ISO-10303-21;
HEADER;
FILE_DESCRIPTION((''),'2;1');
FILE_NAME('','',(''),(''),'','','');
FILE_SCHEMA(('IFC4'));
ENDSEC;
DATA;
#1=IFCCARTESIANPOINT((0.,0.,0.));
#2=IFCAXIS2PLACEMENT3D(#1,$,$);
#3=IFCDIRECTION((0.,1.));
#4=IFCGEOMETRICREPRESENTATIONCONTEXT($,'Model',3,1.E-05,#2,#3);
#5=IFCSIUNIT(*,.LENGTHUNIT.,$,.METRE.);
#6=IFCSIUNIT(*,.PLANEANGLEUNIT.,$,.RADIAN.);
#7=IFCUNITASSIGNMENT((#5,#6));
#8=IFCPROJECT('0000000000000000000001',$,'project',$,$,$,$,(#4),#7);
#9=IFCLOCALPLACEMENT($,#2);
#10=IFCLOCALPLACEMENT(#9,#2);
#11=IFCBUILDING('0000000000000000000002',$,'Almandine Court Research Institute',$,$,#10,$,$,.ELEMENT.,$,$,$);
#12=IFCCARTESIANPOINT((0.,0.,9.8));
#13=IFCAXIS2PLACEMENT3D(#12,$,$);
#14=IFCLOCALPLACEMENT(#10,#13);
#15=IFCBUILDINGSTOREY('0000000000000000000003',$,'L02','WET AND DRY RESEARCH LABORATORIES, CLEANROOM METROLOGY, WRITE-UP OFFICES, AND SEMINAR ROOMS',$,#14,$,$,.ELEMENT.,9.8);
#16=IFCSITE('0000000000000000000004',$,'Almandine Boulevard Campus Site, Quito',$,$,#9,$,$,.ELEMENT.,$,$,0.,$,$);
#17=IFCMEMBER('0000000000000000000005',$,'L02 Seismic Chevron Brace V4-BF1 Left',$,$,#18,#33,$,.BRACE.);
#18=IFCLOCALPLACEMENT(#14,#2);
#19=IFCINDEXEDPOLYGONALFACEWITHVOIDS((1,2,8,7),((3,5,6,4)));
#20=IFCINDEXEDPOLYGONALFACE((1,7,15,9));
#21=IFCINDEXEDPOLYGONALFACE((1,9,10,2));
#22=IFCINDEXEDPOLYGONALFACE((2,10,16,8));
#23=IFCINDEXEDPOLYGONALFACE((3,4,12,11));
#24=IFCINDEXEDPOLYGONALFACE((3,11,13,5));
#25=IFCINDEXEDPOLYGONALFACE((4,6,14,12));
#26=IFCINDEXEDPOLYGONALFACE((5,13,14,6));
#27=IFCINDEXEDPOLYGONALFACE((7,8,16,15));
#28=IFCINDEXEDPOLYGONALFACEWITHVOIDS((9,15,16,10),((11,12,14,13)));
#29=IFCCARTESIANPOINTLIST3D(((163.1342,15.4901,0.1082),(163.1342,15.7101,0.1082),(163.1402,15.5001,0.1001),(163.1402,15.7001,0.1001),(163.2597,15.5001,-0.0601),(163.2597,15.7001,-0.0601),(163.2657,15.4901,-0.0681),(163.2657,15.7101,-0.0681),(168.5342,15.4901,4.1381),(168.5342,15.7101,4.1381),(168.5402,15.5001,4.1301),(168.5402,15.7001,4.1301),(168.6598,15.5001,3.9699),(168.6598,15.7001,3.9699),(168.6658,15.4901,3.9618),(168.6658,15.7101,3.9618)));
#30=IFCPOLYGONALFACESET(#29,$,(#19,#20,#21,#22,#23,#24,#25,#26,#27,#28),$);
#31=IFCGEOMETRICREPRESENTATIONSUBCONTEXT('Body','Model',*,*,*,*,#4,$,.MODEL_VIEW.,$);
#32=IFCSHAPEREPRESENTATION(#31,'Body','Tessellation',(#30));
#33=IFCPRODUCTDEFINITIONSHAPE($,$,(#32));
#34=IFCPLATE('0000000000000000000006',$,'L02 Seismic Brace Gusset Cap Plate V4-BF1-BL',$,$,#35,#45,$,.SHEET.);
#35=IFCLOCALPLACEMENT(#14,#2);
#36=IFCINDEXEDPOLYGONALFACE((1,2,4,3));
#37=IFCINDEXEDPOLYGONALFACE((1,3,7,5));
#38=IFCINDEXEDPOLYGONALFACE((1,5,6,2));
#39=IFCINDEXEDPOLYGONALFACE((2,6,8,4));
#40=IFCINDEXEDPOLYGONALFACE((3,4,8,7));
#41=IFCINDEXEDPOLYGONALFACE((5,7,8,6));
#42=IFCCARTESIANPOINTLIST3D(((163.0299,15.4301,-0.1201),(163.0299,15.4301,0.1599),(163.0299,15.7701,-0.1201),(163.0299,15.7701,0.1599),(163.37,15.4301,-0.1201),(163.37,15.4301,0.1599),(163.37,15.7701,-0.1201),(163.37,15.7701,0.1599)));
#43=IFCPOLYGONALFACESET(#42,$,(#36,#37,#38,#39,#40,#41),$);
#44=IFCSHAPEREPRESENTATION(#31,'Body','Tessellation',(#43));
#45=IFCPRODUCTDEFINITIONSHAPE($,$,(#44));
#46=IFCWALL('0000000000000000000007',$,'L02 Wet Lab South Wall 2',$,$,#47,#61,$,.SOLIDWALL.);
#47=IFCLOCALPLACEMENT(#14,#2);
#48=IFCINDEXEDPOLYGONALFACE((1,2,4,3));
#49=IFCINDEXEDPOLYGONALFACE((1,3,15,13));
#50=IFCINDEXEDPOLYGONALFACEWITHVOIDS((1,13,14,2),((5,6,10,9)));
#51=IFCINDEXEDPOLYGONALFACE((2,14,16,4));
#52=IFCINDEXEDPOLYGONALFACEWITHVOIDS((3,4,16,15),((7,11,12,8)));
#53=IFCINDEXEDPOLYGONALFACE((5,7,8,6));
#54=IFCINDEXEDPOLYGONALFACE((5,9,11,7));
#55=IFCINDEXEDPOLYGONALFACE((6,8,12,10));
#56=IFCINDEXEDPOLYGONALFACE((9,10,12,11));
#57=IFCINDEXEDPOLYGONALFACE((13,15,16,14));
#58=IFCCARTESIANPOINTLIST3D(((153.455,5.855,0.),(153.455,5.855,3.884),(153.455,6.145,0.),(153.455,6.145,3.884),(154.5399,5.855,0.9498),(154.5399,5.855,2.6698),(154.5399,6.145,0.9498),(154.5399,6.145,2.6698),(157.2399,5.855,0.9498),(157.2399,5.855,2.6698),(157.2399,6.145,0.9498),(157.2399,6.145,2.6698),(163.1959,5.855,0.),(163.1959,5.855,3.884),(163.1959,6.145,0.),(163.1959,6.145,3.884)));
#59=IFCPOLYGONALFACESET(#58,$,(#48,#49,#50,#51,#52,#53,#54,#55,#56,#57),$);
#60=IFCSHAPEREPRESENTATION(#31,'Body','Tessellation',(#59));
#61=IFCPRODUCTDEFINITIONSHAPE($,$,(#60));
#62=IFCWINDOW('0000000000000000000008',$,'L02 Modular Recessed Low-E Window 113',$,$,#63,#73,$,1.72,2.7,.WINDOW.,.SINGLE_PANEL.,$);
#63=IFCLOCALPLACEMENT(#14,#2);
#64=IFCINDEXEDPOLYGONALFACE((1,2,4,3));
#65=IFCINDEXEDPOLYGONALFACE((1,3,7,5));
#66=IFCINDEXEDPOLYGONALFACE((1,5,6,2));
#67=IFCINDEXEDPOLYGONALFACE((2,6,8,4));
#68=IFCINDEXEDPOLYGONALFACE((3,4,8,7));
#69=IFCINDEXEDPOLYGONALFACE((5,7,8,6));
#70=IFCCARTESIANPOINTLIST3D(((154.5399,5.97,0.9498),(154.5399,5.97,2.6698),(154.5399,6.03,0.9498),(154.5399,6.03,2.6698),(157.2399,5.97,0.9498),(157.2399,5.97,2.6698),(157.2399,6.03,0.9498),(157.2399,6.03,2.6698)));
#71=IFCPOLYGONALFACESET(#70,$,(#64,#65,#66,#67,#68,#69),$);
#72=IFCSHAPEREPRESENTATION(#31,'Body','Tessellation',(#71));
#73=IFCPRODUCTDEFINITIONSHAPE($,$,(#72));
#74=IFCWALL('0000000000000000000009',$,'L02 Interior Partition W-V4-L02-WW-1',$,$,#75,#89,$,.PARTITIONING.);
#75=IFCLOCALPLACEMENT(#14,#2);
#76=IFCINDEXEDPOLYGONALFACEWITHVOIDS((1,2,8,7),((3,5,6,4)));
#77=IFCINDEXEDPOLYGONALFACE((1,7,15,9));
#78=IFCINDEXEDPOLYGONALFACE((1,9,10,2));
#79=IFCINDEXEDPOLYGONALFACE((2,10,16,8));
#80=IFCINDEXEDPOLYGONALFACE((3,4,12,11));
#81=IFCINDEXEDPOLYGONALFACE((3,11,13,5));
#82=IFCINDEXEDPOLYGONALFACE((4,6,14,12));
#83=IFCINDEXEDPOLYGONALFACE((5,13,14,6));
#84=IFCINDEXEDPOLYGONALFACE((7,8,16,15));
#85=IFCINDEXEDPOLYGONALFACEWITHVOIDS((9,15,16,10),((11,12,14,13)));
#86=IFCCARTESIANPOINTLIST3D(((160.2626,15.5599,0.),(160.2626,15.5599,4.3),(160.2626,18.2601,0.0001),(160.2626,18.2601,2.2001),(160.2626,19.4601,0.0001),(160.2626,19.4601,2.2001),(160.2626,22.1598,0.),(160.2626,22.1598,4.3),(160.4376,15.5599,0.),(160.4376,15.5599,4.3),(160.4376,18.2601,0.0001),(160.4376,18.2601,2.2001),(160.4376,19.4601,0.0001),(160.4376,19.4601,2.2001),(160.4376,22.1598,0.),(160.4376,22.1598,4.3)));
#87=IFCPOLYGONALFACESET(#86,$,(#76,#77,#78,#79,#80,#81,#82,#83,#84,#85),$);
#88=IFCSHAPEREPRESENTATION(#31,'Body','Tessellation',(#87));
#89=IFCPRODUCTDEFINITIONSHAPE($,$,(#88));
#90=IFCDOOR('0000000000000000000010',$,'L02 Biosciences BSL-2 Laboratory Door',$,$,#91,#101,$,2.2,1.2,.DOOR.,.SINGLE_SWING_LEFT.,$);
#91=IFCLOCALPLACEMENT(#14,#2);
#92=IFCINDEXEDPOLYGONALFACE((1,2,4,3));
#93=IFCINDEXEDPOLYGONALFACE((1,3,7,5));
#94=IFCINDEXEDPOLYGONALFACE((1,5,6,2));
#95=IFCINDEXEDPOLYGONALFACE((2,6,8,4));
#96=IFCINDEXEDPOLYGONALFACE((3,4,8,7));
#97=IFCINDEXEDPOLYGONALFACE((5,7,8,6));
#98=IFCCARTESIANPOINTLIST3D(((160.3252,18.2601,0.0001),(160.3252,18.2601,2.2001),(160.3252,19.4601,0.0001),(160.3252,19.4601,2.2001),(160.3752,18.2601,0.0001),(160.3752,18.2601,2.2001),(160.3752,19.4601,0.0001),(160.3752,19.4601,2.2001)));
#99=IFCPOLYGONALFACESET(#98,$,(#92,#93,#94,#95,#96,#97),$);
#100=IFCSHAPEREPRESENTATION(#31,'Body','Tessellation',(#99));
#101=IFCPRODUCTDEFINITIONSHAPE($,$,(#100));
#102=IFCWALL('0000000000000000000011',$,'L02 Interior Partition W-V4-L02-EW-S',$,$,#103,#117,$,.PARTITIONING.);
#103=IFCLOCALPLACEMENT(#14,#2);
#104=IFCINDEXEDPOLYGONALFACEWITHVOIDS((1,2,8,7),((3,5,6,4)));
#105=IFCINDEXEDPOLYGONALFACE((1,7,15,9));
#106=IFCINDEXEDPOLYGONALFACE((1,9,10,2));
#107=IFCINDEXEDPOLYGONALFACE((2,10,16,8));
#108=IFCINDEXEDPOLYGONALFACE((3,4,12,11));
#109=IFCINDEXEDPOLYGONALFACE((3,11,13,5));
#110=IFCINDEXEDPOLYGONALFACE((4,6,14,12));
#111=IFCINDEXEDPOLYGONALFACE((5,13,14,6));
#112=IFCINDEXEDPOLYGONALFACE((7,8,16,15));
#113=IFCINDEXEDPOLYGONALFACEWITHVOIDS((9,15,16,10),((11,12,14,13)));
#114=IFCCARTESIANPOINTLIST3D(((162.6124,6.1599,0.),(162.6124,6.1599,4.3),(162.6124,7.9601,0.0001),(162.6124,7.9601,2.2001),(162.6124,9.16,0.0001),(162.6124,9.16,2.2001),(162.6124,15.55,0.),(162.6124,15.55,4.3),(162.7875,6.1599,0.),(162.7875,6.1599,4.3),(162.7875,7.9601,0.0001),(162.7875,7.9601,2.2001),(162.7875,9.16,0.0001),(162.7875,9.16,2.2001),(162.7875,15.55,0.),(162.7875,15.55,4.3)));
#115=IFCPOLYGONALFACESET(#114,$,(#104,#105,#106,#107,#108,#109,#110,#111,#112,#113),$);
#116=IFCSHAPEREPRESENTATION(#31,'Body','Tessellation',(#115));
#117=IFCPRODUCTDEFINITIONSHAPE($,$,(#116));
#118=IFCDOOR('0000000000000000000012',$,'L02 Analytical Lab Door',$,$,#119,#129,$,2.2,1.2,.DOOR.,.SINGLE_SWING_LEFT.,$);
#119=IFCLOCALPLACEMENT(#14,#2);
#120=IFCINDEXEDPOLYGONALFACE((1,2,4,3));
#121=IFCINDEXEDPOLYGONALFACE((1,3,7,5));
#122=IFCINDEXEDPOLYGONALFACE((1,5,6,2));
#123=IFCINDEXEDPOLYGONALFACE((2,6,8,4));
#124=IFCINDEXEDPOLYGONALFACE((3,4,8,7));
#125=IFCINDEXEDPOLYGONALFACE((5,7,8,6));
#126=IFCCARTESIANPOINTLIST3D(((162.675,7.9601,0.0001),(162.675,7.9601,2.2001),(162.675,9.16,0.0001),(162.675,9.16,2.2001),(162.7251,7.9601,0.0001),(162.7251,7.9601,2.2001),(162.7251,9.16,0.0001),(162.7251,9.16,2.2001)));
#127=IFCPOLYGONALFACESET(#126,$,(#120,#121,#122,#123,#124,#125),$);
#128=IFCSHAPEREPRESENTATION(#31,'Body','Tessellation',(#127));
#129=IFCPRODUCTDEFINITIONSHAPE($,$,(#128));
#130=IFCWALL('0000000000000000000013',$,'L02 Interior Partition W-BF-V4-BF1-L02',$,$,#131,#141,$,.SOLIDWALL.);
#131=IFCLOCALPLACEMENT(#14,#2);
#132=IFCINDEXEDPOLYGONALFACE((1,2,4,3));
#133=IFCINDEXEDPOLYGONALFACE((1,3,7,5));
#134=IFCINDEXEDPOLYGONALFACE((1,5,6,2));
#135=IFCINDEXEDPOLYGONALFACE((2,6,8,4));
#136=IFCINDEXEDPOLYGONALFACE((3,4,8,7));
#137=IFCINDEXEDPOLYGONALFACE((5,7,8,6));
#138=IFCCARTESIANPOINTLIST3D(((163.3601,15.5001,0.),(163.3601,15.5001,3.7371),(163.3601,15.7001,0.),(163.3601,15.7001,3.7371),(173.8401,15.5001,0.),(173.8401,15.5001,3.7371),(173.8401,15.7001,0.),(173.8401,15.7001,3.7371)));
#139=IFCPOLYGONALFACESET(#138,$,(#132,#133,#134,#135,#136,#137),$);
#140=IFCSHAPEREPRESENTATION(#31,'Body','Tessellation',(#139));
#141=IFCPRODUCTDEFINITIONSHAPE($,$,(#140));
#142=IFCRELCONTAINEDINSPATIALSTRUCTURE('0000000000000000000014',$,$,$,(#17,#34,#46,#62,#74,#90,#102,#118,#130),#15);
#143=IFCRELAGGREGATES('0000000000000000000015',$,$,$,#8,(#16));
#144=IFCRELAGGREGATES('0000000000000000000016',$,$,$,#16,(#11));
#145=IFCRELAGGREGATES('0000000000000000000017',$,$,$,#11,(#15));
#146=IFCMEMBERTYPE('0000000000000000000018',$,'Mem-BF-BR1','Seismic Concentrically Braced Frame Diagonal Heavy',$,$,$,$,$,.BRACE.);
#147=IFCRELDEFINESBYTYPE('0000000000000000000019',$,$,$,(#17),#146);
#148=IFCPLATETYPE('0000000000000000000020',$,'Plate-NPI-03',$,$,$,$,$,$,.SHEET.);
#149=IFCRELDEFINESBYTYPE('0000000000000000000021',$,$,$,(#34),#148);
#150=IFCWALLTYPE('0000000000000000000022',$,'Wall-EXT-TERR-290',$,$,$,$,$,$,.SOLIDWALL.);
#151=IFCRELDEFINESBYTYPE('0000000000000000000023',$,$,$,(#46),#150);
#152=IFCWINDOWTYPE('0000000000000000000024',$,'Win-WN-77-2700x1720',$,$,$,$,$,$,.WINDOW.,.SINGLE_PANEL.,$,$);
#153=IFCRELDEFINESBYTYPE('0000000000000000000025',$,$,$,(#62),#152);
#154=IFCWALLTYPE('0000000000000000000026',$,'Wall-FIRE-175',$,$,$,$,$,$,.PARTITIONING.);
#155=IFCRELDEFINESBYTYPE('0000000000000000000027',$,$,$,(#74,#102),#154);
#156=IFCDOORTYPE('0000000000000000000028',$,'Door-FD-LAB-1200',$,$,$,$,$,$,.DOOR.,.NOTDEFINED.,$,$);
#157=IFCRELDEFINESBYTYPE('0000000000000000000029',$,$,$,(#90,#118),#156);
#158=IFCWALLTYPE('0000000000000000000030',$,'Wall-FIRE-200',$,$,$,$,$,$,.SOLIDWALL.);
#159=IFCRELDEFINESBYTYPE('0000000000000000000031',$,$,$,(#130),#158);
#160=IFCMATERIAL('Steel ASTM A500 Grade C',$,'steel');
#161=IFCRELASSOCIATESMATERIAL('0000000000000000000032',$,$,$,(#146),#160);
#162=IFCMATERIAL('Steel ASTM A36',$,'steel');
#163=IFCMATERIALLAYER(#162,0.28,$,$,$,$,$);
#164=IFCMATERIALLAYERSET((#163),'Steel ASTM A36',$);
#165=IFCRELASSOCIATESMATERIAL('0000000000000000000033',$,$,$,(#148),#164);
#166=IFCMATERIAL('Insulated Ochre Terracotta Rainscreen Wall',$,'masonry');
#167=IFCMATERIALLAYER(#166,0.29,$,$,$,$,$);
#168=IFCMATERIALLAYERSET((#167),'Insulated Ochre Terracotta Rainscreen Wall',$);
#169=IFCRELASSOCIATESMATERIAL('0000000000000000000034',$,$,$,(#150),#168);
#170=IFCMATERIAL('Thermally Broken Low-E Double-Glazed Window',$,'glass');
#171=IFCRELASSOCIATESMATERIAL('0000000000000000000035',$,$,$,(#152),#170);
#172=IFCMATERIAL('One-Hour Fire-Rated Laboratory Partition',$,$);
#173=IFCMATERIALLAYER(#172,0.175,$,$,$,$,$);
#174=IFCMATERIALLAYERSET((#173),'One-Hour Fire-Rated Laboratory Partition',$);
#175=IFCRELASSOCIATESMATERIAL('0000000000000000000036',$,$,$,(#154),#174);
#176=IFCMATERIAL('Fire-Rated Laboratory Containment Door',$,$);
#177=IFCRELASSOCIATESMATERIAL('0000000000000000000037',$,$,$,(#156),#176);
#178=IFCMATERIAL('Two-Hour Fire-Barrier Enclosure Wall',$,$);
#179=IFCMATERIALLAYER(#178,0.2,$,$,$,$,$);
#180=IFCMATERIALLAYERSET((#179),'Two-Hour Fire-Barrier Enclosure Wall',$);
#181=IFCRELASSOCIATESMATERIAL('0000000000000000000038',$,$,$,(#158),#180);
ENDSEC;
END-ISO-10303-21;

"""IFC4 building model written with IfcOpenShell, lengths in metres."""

from ifc_helpers import new_model, si_unit, direction, frame, frame_2d, origin, origin_2d, place, context, subcontext, project, spatial, rectangle, hollow_rectangle, extrude, material, layer, layer_set, material_profile, profile_set, type_object, element, fill, save


model = new_model("IFC4")

# Units and contexts
model_context = context("Model", 3, precision=1e-05, world=origin(), true_north=direction((0.0, 1.0)))
body_context = subcontext(model_context, "Body", "Model", "MODEL_VIEW")
ifc_project = project(units=[si_unit("LENGTHUNIT", "METRE"), si_unit("PLANEANGLEUNIT", "RADIAN")], contexts=[model_context])

# Site, building, storey
site_placement = place(None, origin())
site = spatial("IfcSite", under=ifc_project, at=site_placement, Name="Almandine Boulevard Campus Site, Quito", CompositionType="ELEMENT", RefElevation=0.0)
building_placement = place(site_placement, origin())
building = spatial("IfcBuilding", under=site, at=building_placement, Name="Almandine Court Research Institute", CompositionType="ELEMENT")
storey_placement = place(building_placement, frame((0.0, 0.0, 9.8)))
storey = spatial("IfcBuildingStorey", under=building, at=storey_placement, Name="L02", Description="WET AND DRY RESEARCH LABORATORIES, CLEANROOM METROLOGY, WRITE-UP OFFICES, AND SEMINAR ROOMS", CompositionType="ELEMENT", Elevation=9.8)

# Member
ifc_material_1 = material(Name="Steel ASTM A500 Grade C", Category="steel")
ifc_material_profile_1 = material_profile(ifc_material_1, hollow_rectangle(XDim=0.22, YDim=0.22, WallThickness=0.01, at=origin_2d()), Name="HSS 220x220x10")
ifc_profile_set_1 = profile_set([ifc_material_profile_1], Name="Steel ASTM A500 Grade C")
member_type = type_object("IfcMemberType", Name="Mem-BF-BR1", Description="Seismic Concentrically Braced Frame Diagonal Heavy", PredefinedType="BRACE", material=ifc_profile_set_1)
member_placement = place(storey_placement, frame((163.2, 15.6001, 0.02), z_axis=(0.801428, 0.0, 0.598091), x_axis=(0.0, 1.0, 0.0)))
element("IfcMember", 1, at=member_placement, inside=storey, type_object=member_type, Name="L02 Seismic Chevron Brace V4-BF1 Left", PredefinedType="BRACE", context=body_context, shape_type="SweptSolid", body=[
    extrude(hollow_rectangle(XDim=0.22, YDim=0.22, WallThickness=0.01, at=origin_2d()), origin(), (0.0, 0.0, 1.0), 6.738),
])

# Plate
ifc_material_2 = material(Name="Steel ASTM A36", Category="steel")
ifc_layer_1 = layer(ifc_material_2, 0.28)
ifc_layer_set_1 = layer_set([ifc_layer_1], Name="Steel ASTM A36")
plate_type = type_object("IfcPlateType", Name="Plate-NPI-03", PredefinedType="SHEET", material=ifc_layer_set_1)
plate_placement = place(storey_placement, frame((163.2, 15.6001, -0.1201), z_axis=(0.0, 0.0, 1.0), x_axis=(1.0, 0.0, 0.0)))
element("IfcPlate", 2, at=plate_placement, inside=storey, type_object=plate_type, Name="L02 Seismic Brace Gusset Cap Plate V4-BF1-BL", PredefinedType="SHEET", context=body_context, shape_type="SweptSolid", body=[
    extrude(rectangle(XDim=0.3401, YDim=0.3401, at=origin_2d()), origin(), (0.0, 0.0, 1.0), 0.28),
])

# Wall, opening, window
ifc_material_3 = material(Name="Insulated Ochre Terracotta Rainscreen Wall", Category="masonry")
ifc_layer_2 = layer(ifc_material_3, 0.29)
ifc_layer_set_2 = layer_set([ifc_layer_2], Name="Insulated Ochre Terracotta Rainscreen Wall")
wall_type_1 = type_object("IfcWallType", Name="Wall-EXT-TERR-290", PredefinedType="SOLIDWALL", material=ifc_layer_set_2)
wall_1_placement = place(storey_placement, frame((163.196, 6.0, 0.0), z_axis=(0.0, 0.0, 1.0), x_axis=(-1.0, 0.0, 0.0)))
wall_1 = element("IfcWall", 3, at=wall_1_placement, inside=storey, type_object=wall_type_1, Name="L02 Wet Lab South Wall 2", PredefinedType="SOLIDWALL", context=body_context, shape_type="SweptSolid", body=[
    extrude(rectangle(XDim=9.741, YDim=0.29, at=frame_2d((4.8706, 0.0))), origin(), (0.0, 0.0, 1.0), 3.884),
])
opening_1_placement = place(wall_1_placement, frame((5.9561, 0.0, 0.95)))
opening_1 = element("IfcOpeningElement", 4, at=opening_1_placement, cuts=wall_1, PredefinedType="OPENING", context=body_context, shape_type="SweptSolid", body=[
    extrude(rectangle(XDim=2.7, YDim=1.72, at=frame_2d((1.3501, 0.8599))), frame((0.0, 0.155, 0.0), z_axis=(0.0, -1.0, 0.0), x_axis=(1.0, 0.0, 0.0)), (0.0, 0.0, 1.0), 0.3101),
])
ifc_material_4 = material(Name="Thermally Broken Low-E Double-Glazed Window", Category="glass")
window_type = type_object("IfcWindowType", Name="Win-WN-77-2700x1720", PartitioningType="SINGLE_PANEL", PredefinedType="WINDOW", material=ifc_material_4)
window_placement = place(opening_1_placement, origin())
window = element("IfcWindow", 5, at=window_placement, inside=storey, type_object=window_type, Name="L02 Modular Recessed Low-E Window 113", OverallHeight=1.72, OverallWidth=2.7, PartitioningType="SINGLE_PANEL", PredefinedType="WINDOW", context=body_context, shape_type="SweptSolid", body=[
    extrude(rectangle(XDim=2.7, YDim=1.72, at=frame_2d((1.3501, 0.8599))), frame((0.0, 0.03, 0.0), z_axis=(0.0, -1.0, 0.0), x_axis=(1.0, 0.0, 0.0)), (0.0, 0.0, 1.0), 0.0601),
])
fill(opening_1, window)

# Walls, openings, doors
ifc_material_5 = material(Name="One-Hour Fire-Rated Laboratory Partition")
ifc_layer_3 = layer(ifc_material_5, 0.175)
ifc_layer_set_3 = layer_set([ifc_layer_3], Name="One-Hour Fire-Rated Laboratory Partition")
wall_type_2 = type_object("IfcWallType", Name="Wall-FIRE-175", PredefinedType="PARTITIONING", material=ifc_layer_set_3)
wall_2_placement = place(storey_placement, frame((160.3501, 15.5601, 0.0), z_axis=(0.0, 0.0, 1.0), x_axis=(0.0, 1.0, 0.0)))
wall_2 = element("IfcWall", 6, at=wall_2_placement, inside=storey, type_object=wall_type_2, Name="L02 Interior Partition W-V4-L02-WW-1", PredefinedType="PARTITIONING", context=body_context, shape_type="SweptSolid", body=[
    extrude(rectangle(XDim=6.5999, YDim=0.175, at=frame_2d((3.2998, 0.0))), origin(), (0.0, 0.0, 1.0), 4.3),
])
opening_2_placement = place(wall_2_placement, frame((2.7, 0.0, 0.0)))
opening_2 = element("IfcOpeningElement", 7, at=opening_2_placement, cuts=wall_2, PredefinedType="OPENING", context=body_context, shape_type="SweptSolid", body=[
    extrude(rectangle(XDim=1.2, YDim=2.2, at=frame_2d((0.6001, 1.1001))), frame((0.0, 0.0974, 0.0), z_axis=(0.0, -1.0, 0.0), x_axis=(1.0, 0.0, 0.0)), (0.0, 0.0, 1.0), 0.1951),
])
ifc_material_6 = material(Name="Fire-Rated Laboratory Containment Door")
door_type_1 = type_object("IfcDoorType", Name="Door-FD-LAB-1200", OperationType="NOTDEFINED", PredefinedType="DOOR", material=ifc_material_6)
door_1_placement = place(opening_2_placement, origin())
door_1 = element("IfcDoor", 8, at=door_1_placement, inside=storey, type_object=door_type_1, Name="L02 Biosciences BSL-2 Laboratory Door", OperationType="SINGLE_SWING_LEFT", OverallHeight=2.2, OverallWidth=1.2, PredefinedType="DOOR", context=body_context, shape_type="SweptSolid", body=[
    extrude(rectangle(XDim=1.2, YDim=2.2, at=frame_2d((0.6001, 1.1001))), frame((0.0, 0.0249, 0.0), z_axis=(0.0, -1.0, 0.0), x_axis=(1.0, 0.0, 0.0)), (0.0, 0.0, 1.0), 0.05),
])
fill(opening_2, door_1)
wall_3_placement = place(storey_placement, frame((162.7, 6.1599, 0.0), z_axis=(0.0, 0.0, 1.0), x_axis=(0.0, 1.0, 0.0)))
wall_3 = element("IfcWall", 9, at=wall_3_placement, inside=storey, type_object=wall_type_2, Name="L02 Interior Partition W-V4-L02-EW-S", PredefinedType="PARTITIONING", context=body_context, shape_type="SweptSolid", body=[
    extrude(rectangle(XDim=9.3901, YDim=0.175, at=frame_2d((4.6951, 0.0))), origin(), (0.0, 0.0, 1.0), 4.3),
])
opening_3_placement = place(wall_3_placement, frame((1.8, 0.0, 0.0)))
opening_3 = element("IfcOpeningElement", 10, at=opening_3_placement, cuts=wall_3, PredefinedType="OPENING", context=body_context, shape_type="SweptSolid", body=[
    extrude(rectangle(XDim=1.2, YDim=2.2, at=frame_2d((0.6001, 1.1001))), frame((0.0, 0.0974, 0.0), z_axis=(0.0, -1.0, 0.0), x_axis=(1.0, 0.0, 0.0)), (0.0, 0.0, 1.0), 0.1951),
])
door_2_placement = place(opening_3_placement, origin())
door_2 = element("IfcDoor", 11, at=door_2_placement, inside=storey, type_object=door_type_1, Name="L02 Analytical Lab Door", OperationType="SINGLE_SWING_LEFT", OverallHeight=2.2, OverallWidth=1.2, PredefinedType="DOOR", context=body_context, shape_type="SweptSolid", body=[
    extrude(rectangle(XDim=1.2, YDim=2.2, at=frame_2d((0.6001, 1.1001))), frame((0.0, 0.0249, 0.0), z_axis=(0.0, -1.0, 0.0), x_axis=(1.0, 0.0, 0.0)), (0.0, 0.0, 1.0), 0.05),
])
fill(opening_3, door_2)

# Wall
ifc_material_7 = material(Name="Two-Hour Fire-Barrier Enclosure Wall")
ifc_layer_4 = layer(ifc_material_7, 0.2)
ifc_layer_set_4 = layer_set([ifc_layer_4], Name="Two-Hour Fire-Barrier Enclosure Wall")
wall_type_3 = type_object("IfcWallType", Name="Wall-FIRE-200", PredefinedType="SOLIDWALL", material=ifc_layer_set_4)
wall_4_placement = place(storey_placement, frame((163.3601, 15.6001, 0.0), z_axis=(0.0, 0.0, 1.0), x_axis=(1.0, 0.0, 0.0)))
element("IfcWall", 12, at=wall_4_placement, inside=storey, type_object=wall_type_3, Name="L02 Interior Partition W-BF-V4-BF1-L02", PredefinedType="SOLIDWALL", context=body_context, shape_type="SweptSolid", body=[
    extrude(rectangle(XDim=10.48, YDim=0.2, at=frame_2d((5.24, 0.0))), origin(), (0.0, 0.0, 1.0), 3.7371),
])

save(model, "model.ifc")
